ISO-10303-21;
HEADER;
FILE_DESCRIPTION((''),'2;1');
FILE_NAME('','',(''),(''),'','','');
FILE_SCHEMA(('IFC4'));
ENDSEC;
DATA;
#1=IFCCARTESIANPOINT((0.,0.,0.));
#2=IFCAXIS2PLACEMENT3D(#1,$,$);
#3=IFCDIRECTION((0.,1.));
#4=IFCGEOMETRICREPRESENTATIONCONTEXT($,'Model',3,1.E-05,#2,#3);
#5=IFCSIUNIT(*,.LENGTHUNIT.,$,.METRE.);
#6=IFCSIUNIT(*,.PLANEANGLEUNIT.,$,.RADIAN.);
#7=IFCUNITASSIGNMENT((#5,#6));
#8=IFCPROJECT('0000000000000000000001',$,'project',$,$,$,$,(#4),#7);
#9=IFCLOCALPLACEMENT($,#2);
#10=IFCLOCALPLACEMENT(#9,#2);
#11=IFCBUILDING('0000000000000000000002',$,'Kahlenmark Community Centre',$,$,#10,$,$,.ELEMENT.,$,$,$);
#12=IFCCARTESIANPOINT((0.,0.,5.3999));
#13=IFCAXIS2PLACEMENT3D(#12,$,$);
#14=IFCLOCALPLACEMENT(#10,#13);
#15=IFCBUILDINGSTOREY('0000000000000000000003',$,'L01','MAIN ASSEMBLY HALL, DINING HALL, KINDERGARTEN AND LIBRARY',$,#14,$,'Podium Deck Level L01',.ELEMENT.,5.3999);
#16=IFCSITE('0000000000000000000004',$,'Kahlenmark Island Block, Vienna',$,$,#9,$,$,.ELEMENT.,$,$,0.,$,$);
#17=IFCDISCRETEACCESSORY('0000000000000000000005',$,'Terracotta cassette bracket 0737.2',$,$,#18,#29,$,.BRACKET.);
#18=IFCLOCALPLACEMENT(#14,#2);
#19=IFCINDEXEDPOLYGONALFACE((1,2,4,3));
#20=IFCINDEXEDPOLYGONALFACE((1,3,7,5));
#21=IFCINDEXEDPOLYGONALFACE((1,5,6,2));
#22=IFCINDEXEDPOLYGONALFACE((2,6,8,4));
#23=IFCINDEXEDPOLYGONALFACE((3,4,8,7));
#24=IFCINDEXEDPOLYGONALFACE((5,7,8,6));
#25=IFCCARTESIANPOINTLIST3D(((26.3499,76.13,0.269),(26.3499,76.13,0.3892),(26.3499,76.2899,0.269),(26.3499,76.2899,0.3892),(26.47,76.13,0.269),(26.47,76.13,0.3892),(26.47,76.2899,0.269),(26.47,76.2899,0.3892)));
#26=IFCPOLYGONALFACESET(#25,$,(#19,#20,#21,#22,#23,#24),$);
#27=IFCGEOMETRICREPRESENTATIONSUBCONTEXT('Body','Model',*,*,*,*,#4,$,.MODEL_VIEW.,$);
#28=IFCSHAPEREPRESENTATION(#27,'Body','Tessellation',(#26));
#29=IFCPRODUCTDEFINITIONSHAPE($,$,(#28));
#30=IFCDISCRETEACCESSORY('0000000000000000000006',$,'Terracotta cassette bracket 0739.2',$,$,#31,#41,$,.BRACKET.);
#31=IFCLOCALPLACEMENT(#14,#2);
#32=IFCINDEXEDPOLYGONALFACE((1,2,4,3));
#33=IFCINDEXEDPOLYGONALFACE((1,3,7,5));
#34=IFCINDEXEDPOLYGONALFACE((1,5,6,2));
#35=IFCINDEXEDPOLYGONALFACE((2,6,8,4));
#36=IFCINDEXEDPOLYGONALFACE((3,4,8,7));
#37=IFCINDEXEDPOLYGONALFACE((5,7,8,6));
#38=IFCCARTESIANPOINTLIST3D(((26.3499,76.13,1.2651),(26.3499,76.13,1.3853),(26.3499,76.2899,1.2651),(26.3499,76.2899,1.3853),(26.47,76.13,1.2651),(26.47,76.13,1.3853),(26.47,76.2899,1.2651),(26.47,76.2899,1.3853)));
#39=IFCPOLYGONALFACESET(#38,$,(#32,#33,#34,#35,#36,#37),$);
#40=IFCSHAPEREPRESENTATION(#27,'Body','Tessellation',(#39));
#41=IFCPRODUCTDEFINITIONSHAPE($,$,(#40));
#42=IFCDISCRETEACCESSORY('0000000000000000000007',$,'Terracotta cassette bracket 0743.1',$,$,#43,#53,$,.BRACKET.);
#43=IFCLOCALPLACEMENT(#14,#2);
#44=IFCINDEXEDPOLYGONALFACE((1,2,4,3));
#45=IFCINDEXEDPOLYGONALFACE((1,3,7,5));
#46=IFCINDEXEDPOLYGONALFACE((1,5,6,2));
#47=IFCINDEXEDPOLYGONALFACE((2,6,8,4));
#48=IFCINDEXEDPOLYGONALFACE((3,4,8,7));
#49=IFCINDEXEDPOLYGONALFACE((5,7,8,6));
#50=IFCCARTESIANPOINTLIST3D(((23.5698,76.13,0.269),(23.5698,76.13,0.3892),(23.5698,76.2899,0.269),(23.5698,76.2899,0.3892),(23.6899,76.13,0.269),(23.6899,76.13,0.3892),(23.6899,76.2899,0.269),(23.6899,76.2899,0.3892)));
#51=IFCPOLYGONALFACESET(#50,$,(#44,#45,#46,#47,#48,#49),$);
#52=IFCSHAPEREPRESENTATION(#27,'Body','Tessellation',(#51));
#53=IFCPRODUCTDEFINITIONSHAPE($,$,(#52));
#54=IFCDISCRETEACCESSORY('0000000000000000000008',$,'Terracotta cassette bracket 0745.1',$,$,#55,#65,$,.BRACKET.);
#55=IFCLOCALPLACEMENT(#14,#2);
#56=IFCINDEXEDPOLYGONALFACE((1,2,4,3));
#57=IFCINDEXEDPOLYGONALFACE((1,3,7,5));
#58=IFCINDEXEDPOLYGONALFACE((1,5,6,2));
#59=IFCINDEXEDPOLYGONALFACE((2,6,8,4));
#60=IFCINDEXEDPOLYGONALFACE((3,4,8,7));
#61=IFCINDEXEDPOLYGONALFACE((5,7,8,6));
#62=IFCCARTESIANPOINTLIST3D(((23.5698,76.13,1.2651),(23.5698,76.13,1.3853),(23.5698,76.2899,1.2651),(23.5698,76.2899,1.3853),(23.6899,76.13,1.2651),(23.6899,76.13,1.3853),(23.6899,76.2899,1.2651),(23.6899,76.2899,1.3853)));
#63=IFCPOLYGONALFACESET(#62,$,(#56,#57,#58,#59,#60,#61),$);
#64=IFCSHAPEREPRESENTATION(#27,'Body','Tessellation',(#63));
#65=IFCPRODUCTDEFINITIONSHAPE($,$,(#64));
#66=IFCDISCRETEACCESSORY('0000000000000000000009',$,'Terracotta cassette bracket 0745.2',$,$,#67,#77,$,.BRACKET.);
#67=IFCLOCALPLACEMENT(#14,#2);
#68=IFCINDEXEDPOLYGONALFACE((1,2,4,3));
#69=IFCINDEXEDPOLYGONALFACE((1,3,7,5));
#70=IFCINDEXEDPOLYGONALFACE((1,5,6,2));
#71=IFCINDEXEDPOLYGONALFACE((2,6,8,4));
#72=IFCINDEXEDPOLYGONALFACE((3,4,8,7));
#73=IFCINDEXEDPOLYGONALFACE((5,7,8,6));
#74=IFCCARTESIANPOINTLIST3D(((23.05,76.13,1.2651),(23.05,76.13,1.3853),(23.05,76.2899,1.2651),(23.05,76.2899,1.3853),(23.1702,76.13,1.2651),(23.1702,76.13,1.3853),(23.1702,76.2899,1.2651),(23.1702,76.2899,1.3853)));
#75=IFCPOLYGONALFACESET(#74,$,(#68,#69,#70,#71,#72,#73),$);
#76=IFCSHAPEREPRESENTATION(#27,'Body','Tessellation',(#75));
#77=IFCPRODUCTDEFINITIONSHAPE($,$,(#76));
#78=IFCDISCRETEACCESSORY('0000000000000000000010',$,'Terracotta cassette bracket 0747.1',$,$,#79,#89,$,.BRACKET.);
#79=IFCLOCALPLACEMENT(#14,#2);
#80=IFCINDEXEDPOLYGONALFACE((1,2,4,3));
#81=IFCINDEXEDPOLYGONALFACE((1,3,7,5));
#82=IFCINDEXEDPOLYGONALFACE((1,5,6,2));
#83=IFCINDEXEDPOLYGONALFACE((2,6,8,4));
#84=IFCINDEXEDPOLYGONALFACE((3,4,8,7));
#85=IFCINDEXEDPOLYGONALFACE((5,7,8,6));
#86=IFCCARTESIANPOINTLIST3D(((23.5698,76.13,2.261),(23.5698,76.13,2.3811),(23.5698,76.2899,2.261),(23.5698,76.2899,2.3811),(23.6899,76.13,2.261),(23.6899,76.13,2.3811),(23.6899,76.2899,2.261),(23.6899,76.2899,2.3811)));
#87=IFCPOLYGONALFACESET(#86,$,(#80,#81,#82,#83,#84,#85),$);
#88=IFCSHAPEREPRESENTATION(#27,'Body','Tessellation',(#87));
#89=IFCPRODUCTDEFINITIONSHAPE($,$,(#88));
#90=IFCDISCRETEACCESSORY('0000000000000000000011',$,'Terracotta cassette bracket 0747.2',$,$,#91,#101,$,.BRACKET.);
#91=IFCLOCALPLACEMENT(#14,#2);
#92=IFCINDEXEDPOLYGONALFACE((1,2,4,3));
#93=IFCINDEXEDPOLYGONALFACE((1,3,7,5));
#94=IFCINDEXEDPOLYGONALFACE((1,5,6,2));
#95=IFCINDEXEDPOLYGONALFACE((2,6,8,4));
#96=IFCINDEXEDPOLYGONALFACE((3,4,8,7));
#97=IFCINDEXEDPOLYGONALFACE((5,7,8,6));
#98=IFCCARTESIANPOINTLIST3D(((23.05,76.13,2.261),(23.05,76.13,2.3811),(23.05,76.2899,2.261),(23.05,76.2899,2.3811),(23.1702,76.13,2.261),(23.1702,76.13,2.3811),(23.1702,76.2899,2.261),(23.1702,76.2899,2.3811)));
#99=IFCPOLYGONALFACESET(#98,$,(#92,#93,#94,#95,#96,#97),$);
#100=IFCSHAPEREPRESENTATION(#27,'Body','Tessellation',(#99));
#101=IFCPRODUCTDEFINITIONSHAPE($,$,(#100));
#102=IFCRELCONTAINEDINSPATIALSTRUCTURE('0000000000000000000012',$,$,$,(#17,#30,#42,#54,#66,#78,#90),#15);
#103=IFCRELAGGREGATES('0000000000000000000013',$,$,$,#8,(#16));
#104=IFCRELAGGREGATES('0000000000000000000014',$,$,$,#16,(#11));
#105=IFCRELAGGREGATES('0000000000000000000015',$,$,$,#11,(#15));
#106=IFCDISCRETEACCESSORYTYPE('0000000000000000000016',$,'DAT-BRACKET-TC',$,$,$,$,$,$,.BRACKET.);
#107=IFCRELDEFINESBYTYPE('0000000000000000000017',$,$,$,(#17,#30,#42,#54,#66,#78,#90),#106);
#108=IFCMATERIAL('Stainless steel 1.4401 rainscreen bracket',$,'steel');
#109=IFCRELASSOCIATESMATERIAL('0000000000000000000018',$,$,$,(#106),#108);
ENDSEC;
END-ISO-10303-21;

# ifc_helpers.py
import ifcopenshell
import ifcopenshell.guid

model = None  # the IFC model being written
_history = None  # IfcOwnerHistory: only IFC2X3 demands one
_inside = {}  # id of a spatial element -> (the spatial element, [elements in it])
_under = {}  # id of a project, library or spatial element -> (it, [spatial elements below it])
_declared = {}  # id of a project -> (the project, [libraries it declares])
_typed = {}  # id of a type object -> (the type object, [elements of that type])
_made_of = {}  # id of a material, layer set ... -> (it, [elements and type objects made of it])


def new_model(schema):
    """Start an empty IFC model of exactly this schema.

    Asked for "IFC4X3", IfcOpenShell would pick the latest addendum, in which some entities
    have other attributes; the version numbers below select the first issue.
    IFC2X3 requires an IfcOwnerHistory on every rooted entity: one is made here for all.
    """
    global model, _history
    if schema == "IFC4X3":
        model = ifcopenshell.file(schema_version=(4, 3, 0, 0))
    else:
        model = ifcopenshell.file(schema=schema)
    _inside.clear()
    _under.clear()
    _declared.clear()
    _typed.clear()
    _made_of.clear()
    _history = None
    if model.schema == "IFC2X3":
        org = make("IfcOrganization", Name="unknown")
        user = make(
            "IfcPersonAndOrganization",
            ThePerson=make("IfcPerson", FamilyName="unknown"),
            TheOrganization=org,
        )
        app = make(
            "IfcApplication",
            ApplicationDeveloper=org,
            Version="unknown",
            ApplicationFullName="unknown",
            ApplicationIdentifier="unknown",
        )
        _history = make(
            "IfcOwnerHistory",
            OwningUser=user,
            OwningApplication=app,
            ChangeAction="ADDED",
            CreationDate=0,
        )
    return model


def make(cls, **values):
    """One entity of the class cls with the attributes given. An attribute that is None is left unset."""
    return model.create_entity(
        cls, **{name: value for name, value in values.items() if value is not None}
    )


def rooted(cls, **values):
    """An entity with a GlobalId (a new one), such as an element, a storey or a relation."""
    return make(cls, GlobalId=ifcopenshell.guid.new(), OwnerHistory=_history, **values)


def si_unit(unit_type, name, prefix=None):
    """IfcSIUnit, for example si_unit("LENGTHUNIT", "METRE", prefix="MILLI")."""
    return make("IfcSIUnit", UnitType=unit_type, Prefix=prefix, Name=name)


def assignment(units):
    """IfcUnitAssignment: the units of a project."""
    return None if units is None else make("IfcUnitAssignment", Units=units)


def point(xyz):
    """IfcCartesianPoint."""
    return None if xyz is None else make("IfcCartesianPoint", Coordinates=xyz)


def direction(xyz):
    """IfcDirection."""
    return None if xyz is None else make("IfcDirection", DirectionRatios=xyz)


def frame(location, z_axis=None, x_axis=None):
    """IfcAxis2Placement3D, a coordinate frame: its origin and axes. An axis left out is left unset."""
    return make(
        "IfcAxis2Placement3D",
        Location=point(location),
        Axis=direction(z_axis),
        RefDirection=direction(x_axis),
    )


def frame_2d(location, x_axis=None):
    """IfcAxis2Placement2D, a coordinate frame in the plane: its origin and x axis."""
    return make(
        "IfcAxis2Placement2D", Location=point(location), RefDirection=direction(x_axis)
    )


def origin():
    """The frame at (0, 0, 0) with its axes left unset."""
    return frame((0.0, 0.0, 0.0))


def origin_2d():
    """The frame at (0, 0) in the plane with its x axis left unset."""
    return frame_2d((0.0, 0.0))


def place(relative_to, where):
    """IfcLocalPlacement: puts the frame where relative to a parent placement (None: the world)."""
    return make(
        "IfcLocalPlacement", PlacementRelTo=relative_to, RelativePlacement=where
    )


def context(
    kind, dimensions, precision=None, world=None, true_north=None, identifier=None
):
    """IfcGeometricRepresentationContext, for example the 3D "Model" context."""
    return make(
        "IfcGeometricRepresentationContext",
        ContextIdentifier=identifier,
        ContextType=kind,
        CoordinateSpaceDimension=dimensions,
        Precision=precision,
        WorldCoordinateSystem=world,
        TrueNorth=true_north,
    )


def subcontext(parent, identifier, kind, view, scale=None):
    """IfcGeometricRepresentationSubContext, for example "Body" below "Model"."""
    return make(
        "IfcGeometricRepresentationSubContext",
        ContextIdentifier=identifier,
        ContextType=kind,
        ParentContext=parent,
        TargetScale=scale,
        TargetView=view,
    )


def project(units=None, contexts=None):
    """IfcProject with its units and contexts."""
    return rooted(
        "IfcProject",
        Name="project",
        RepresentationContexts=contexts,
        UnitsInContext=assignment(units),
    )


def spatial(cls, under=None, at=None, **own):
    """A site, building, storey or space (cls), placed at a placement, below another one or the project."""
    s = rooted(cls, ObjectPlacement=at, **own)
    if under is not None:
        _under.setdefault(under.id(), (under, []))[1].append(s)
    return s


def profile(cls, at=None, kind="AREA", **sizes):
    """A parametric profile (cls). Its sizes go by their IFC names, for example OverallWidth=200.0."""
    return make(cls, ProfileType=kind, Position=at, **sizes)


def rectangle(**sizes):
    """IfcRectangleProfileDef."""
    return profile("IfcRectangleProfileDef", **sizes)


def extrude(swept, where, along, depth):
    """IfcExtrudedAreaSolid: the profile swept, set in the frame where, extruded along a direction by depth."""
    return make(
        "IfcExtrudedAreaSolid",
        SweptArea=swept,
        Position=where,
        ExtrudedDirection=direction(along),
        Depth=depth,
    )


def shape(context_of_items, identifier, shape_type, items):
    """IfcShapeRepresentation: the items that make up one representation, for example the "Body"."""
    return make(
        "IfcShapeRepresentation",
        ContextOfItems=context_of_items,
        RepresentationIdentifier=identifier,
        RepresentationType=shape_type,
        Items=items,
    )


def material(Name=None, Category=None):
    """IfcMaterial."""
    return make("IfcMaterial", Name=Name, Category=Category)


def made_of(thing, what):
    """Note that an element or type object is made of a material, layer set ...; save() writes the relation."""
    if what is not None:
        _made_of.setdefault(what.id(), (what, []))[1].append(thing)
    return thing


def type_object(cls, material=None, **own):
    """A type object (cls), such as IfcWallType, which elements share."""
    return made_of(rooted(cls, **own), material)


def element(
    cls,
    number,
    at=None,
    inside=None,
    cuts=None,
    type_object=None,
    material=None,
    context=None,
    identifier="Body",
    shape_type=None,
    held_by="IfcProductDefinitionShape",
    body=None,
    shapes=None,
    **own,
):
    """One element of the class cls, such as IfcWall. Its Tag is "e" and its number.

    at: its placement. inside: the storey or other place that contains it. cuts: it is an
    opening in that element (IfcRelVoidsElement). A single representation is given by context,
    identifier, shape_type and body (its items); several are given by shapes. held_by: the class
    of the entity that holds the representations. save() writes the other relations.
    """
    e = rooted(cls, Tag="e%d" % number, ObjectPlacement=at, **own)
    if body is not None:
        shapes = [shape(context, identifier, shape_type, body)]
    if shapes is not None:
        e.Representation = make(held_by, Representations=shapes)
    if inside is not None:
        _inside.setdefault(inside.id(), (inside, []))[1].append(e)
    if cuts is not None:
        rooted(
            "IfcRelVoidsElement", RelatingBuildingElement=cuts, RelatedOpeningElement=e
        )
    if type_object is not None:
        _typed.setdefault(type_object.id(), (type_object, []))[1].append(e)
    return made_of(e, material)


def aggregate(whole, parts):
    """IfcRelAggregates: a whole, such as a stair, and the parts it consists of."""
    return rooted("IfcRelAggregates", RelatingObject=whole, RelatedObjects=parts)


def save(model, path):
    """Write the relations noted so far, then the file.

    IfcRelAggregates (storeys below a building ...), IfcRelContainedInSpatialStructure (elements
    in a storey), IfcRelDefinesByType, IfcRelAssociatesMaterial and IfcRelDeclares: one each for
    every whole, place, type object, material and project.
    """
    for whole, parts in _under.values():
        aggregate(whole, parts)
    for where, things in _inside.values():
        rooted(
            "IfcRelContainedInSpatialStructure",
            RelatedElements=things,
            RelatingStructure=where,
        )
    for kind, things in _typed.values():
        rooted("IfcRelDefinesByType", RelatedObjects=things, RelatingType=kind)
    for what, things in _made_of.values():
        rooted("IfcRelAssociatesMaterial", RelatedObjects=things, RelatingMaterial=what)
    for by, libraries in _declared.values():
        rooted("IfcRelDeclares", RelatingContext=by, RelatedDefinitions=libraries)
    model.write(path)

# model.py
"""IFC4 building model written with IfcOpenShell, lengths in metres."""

from ifc_helpers import new_model, si_unit, direction, frame, origin, origin_2d, place, context, subcontext, project, spatial, rectangle, extrude, material, type_object, element, save


model = new_model("IFC4")

# Units and contexts
model_context = context("Model", 3, precision=1e-05, world=origin(), true_north=direction((0.0, 1.0)))
body_context = subcontext(model_context, "Body", "Model", "MODEL_VIEW")
ifc_project = project(units=[si_unit("LENGTHUNIT", "METRE"), si_unit("PLANEANGLEUNIT", "RADIAN")], contexts=[model_context])

# Site, building, storey
site_placement = place(None, origin())
site = spatial("IfcSite", under=ifc_project, at=site_placement, Name="Kahlenmark Island Block, Vienna", CompositionType="ELEMENT", RefElevation=0.0)
building_placement = place(site_placement, origin())
building = spatial("IfcBuilding", under=site, at=building_placement, Name="Kahlenmark Community Centre", CompositionType="ELEMENT")
storey_placement = place(building_placement, frame((0.0, 0.0, 5.3999)))
storey = spatial("IfcBuildingStorey", under=building, at=storey_placement, Name="L01", Description="MAIN ASSEMBLY HALL, DINING HALL, KINDERGARTEN AND LIBRARY", LongName="Podium Deck Level L01", CompositionType="ELEMENT", Elevation=5.3999)

# Discrete accessories
ifc_material_1 = material(Name="Stainless steel 1.4401 rainscreen bracket", Category="steel")
discrete_accessory_type = type_object("IfcDiscreteAccessoryType", Name="DAT-BRACKET-TC", PredefinedType="BRACKET", material=ifc_material_1)
for number, where, z_axis, x_axis, name in (
    (1, (26.4099, 76.21, 0.269), (0.0, 0.0, 1.0), (-1.0, 0.0, 0.0), "Terracotta cassette bracket 0737.2"),
    (2, (26.4099, 76.21, 1.2651), (0.0, 0.0, 1.0), (-1.0, 0.0, 0.0), "Terracotta cassette bracket 0739.2"),
    (3, (23.6299, 76.21, 0.269), (0.0, 0.0, 1.0), (-1.0, 0.0, 0.0), "Terracotta cassette bracket 0743.1"),
    (4, (23.6299, 76.21, 1.2651), (0.0, 0.0, 1.0), (-1.0, 0.0, 0.0), "Terracotta cassette bracket 0745.1"),
    (5, (23.1101, 76.21, 1.2651), (0.0, 0.0, 1.0), (-1.0, 0.0, 0.0), "Terracotta cassette bracket 0745.2"),
    (6, (23.6299, 76.21, 2.261), (0.0, 0.0, 1.0), (-1.0, 0.0, 0.0), "Terracotta cassette bracket 0747.1"),
    (7, (23.1101, 76.21, 2.261), (0.0, 0.0, 1.0), (-1.0, 0.0, 0.0), "Terracotta cassette bracket 0747.2"),
):
    element("IfcDiscreteAccessory", number, at=place(storey_placement, frame(where, z_axis=z_axis, x_axis=x_axis)), inside=storey, type_object=discrete_accessory_type, Name=name, PredefinedType="BRACKET", context=body_context, shape_type="SweptSolid", body=[
        extrude(rectangle(XDim=0.1201, YDim=0.1599, at=origin_2d()), origin(), (0.0, 0.0, 1.0), 0.1201),
    ])

save(model, "model.ifc")
